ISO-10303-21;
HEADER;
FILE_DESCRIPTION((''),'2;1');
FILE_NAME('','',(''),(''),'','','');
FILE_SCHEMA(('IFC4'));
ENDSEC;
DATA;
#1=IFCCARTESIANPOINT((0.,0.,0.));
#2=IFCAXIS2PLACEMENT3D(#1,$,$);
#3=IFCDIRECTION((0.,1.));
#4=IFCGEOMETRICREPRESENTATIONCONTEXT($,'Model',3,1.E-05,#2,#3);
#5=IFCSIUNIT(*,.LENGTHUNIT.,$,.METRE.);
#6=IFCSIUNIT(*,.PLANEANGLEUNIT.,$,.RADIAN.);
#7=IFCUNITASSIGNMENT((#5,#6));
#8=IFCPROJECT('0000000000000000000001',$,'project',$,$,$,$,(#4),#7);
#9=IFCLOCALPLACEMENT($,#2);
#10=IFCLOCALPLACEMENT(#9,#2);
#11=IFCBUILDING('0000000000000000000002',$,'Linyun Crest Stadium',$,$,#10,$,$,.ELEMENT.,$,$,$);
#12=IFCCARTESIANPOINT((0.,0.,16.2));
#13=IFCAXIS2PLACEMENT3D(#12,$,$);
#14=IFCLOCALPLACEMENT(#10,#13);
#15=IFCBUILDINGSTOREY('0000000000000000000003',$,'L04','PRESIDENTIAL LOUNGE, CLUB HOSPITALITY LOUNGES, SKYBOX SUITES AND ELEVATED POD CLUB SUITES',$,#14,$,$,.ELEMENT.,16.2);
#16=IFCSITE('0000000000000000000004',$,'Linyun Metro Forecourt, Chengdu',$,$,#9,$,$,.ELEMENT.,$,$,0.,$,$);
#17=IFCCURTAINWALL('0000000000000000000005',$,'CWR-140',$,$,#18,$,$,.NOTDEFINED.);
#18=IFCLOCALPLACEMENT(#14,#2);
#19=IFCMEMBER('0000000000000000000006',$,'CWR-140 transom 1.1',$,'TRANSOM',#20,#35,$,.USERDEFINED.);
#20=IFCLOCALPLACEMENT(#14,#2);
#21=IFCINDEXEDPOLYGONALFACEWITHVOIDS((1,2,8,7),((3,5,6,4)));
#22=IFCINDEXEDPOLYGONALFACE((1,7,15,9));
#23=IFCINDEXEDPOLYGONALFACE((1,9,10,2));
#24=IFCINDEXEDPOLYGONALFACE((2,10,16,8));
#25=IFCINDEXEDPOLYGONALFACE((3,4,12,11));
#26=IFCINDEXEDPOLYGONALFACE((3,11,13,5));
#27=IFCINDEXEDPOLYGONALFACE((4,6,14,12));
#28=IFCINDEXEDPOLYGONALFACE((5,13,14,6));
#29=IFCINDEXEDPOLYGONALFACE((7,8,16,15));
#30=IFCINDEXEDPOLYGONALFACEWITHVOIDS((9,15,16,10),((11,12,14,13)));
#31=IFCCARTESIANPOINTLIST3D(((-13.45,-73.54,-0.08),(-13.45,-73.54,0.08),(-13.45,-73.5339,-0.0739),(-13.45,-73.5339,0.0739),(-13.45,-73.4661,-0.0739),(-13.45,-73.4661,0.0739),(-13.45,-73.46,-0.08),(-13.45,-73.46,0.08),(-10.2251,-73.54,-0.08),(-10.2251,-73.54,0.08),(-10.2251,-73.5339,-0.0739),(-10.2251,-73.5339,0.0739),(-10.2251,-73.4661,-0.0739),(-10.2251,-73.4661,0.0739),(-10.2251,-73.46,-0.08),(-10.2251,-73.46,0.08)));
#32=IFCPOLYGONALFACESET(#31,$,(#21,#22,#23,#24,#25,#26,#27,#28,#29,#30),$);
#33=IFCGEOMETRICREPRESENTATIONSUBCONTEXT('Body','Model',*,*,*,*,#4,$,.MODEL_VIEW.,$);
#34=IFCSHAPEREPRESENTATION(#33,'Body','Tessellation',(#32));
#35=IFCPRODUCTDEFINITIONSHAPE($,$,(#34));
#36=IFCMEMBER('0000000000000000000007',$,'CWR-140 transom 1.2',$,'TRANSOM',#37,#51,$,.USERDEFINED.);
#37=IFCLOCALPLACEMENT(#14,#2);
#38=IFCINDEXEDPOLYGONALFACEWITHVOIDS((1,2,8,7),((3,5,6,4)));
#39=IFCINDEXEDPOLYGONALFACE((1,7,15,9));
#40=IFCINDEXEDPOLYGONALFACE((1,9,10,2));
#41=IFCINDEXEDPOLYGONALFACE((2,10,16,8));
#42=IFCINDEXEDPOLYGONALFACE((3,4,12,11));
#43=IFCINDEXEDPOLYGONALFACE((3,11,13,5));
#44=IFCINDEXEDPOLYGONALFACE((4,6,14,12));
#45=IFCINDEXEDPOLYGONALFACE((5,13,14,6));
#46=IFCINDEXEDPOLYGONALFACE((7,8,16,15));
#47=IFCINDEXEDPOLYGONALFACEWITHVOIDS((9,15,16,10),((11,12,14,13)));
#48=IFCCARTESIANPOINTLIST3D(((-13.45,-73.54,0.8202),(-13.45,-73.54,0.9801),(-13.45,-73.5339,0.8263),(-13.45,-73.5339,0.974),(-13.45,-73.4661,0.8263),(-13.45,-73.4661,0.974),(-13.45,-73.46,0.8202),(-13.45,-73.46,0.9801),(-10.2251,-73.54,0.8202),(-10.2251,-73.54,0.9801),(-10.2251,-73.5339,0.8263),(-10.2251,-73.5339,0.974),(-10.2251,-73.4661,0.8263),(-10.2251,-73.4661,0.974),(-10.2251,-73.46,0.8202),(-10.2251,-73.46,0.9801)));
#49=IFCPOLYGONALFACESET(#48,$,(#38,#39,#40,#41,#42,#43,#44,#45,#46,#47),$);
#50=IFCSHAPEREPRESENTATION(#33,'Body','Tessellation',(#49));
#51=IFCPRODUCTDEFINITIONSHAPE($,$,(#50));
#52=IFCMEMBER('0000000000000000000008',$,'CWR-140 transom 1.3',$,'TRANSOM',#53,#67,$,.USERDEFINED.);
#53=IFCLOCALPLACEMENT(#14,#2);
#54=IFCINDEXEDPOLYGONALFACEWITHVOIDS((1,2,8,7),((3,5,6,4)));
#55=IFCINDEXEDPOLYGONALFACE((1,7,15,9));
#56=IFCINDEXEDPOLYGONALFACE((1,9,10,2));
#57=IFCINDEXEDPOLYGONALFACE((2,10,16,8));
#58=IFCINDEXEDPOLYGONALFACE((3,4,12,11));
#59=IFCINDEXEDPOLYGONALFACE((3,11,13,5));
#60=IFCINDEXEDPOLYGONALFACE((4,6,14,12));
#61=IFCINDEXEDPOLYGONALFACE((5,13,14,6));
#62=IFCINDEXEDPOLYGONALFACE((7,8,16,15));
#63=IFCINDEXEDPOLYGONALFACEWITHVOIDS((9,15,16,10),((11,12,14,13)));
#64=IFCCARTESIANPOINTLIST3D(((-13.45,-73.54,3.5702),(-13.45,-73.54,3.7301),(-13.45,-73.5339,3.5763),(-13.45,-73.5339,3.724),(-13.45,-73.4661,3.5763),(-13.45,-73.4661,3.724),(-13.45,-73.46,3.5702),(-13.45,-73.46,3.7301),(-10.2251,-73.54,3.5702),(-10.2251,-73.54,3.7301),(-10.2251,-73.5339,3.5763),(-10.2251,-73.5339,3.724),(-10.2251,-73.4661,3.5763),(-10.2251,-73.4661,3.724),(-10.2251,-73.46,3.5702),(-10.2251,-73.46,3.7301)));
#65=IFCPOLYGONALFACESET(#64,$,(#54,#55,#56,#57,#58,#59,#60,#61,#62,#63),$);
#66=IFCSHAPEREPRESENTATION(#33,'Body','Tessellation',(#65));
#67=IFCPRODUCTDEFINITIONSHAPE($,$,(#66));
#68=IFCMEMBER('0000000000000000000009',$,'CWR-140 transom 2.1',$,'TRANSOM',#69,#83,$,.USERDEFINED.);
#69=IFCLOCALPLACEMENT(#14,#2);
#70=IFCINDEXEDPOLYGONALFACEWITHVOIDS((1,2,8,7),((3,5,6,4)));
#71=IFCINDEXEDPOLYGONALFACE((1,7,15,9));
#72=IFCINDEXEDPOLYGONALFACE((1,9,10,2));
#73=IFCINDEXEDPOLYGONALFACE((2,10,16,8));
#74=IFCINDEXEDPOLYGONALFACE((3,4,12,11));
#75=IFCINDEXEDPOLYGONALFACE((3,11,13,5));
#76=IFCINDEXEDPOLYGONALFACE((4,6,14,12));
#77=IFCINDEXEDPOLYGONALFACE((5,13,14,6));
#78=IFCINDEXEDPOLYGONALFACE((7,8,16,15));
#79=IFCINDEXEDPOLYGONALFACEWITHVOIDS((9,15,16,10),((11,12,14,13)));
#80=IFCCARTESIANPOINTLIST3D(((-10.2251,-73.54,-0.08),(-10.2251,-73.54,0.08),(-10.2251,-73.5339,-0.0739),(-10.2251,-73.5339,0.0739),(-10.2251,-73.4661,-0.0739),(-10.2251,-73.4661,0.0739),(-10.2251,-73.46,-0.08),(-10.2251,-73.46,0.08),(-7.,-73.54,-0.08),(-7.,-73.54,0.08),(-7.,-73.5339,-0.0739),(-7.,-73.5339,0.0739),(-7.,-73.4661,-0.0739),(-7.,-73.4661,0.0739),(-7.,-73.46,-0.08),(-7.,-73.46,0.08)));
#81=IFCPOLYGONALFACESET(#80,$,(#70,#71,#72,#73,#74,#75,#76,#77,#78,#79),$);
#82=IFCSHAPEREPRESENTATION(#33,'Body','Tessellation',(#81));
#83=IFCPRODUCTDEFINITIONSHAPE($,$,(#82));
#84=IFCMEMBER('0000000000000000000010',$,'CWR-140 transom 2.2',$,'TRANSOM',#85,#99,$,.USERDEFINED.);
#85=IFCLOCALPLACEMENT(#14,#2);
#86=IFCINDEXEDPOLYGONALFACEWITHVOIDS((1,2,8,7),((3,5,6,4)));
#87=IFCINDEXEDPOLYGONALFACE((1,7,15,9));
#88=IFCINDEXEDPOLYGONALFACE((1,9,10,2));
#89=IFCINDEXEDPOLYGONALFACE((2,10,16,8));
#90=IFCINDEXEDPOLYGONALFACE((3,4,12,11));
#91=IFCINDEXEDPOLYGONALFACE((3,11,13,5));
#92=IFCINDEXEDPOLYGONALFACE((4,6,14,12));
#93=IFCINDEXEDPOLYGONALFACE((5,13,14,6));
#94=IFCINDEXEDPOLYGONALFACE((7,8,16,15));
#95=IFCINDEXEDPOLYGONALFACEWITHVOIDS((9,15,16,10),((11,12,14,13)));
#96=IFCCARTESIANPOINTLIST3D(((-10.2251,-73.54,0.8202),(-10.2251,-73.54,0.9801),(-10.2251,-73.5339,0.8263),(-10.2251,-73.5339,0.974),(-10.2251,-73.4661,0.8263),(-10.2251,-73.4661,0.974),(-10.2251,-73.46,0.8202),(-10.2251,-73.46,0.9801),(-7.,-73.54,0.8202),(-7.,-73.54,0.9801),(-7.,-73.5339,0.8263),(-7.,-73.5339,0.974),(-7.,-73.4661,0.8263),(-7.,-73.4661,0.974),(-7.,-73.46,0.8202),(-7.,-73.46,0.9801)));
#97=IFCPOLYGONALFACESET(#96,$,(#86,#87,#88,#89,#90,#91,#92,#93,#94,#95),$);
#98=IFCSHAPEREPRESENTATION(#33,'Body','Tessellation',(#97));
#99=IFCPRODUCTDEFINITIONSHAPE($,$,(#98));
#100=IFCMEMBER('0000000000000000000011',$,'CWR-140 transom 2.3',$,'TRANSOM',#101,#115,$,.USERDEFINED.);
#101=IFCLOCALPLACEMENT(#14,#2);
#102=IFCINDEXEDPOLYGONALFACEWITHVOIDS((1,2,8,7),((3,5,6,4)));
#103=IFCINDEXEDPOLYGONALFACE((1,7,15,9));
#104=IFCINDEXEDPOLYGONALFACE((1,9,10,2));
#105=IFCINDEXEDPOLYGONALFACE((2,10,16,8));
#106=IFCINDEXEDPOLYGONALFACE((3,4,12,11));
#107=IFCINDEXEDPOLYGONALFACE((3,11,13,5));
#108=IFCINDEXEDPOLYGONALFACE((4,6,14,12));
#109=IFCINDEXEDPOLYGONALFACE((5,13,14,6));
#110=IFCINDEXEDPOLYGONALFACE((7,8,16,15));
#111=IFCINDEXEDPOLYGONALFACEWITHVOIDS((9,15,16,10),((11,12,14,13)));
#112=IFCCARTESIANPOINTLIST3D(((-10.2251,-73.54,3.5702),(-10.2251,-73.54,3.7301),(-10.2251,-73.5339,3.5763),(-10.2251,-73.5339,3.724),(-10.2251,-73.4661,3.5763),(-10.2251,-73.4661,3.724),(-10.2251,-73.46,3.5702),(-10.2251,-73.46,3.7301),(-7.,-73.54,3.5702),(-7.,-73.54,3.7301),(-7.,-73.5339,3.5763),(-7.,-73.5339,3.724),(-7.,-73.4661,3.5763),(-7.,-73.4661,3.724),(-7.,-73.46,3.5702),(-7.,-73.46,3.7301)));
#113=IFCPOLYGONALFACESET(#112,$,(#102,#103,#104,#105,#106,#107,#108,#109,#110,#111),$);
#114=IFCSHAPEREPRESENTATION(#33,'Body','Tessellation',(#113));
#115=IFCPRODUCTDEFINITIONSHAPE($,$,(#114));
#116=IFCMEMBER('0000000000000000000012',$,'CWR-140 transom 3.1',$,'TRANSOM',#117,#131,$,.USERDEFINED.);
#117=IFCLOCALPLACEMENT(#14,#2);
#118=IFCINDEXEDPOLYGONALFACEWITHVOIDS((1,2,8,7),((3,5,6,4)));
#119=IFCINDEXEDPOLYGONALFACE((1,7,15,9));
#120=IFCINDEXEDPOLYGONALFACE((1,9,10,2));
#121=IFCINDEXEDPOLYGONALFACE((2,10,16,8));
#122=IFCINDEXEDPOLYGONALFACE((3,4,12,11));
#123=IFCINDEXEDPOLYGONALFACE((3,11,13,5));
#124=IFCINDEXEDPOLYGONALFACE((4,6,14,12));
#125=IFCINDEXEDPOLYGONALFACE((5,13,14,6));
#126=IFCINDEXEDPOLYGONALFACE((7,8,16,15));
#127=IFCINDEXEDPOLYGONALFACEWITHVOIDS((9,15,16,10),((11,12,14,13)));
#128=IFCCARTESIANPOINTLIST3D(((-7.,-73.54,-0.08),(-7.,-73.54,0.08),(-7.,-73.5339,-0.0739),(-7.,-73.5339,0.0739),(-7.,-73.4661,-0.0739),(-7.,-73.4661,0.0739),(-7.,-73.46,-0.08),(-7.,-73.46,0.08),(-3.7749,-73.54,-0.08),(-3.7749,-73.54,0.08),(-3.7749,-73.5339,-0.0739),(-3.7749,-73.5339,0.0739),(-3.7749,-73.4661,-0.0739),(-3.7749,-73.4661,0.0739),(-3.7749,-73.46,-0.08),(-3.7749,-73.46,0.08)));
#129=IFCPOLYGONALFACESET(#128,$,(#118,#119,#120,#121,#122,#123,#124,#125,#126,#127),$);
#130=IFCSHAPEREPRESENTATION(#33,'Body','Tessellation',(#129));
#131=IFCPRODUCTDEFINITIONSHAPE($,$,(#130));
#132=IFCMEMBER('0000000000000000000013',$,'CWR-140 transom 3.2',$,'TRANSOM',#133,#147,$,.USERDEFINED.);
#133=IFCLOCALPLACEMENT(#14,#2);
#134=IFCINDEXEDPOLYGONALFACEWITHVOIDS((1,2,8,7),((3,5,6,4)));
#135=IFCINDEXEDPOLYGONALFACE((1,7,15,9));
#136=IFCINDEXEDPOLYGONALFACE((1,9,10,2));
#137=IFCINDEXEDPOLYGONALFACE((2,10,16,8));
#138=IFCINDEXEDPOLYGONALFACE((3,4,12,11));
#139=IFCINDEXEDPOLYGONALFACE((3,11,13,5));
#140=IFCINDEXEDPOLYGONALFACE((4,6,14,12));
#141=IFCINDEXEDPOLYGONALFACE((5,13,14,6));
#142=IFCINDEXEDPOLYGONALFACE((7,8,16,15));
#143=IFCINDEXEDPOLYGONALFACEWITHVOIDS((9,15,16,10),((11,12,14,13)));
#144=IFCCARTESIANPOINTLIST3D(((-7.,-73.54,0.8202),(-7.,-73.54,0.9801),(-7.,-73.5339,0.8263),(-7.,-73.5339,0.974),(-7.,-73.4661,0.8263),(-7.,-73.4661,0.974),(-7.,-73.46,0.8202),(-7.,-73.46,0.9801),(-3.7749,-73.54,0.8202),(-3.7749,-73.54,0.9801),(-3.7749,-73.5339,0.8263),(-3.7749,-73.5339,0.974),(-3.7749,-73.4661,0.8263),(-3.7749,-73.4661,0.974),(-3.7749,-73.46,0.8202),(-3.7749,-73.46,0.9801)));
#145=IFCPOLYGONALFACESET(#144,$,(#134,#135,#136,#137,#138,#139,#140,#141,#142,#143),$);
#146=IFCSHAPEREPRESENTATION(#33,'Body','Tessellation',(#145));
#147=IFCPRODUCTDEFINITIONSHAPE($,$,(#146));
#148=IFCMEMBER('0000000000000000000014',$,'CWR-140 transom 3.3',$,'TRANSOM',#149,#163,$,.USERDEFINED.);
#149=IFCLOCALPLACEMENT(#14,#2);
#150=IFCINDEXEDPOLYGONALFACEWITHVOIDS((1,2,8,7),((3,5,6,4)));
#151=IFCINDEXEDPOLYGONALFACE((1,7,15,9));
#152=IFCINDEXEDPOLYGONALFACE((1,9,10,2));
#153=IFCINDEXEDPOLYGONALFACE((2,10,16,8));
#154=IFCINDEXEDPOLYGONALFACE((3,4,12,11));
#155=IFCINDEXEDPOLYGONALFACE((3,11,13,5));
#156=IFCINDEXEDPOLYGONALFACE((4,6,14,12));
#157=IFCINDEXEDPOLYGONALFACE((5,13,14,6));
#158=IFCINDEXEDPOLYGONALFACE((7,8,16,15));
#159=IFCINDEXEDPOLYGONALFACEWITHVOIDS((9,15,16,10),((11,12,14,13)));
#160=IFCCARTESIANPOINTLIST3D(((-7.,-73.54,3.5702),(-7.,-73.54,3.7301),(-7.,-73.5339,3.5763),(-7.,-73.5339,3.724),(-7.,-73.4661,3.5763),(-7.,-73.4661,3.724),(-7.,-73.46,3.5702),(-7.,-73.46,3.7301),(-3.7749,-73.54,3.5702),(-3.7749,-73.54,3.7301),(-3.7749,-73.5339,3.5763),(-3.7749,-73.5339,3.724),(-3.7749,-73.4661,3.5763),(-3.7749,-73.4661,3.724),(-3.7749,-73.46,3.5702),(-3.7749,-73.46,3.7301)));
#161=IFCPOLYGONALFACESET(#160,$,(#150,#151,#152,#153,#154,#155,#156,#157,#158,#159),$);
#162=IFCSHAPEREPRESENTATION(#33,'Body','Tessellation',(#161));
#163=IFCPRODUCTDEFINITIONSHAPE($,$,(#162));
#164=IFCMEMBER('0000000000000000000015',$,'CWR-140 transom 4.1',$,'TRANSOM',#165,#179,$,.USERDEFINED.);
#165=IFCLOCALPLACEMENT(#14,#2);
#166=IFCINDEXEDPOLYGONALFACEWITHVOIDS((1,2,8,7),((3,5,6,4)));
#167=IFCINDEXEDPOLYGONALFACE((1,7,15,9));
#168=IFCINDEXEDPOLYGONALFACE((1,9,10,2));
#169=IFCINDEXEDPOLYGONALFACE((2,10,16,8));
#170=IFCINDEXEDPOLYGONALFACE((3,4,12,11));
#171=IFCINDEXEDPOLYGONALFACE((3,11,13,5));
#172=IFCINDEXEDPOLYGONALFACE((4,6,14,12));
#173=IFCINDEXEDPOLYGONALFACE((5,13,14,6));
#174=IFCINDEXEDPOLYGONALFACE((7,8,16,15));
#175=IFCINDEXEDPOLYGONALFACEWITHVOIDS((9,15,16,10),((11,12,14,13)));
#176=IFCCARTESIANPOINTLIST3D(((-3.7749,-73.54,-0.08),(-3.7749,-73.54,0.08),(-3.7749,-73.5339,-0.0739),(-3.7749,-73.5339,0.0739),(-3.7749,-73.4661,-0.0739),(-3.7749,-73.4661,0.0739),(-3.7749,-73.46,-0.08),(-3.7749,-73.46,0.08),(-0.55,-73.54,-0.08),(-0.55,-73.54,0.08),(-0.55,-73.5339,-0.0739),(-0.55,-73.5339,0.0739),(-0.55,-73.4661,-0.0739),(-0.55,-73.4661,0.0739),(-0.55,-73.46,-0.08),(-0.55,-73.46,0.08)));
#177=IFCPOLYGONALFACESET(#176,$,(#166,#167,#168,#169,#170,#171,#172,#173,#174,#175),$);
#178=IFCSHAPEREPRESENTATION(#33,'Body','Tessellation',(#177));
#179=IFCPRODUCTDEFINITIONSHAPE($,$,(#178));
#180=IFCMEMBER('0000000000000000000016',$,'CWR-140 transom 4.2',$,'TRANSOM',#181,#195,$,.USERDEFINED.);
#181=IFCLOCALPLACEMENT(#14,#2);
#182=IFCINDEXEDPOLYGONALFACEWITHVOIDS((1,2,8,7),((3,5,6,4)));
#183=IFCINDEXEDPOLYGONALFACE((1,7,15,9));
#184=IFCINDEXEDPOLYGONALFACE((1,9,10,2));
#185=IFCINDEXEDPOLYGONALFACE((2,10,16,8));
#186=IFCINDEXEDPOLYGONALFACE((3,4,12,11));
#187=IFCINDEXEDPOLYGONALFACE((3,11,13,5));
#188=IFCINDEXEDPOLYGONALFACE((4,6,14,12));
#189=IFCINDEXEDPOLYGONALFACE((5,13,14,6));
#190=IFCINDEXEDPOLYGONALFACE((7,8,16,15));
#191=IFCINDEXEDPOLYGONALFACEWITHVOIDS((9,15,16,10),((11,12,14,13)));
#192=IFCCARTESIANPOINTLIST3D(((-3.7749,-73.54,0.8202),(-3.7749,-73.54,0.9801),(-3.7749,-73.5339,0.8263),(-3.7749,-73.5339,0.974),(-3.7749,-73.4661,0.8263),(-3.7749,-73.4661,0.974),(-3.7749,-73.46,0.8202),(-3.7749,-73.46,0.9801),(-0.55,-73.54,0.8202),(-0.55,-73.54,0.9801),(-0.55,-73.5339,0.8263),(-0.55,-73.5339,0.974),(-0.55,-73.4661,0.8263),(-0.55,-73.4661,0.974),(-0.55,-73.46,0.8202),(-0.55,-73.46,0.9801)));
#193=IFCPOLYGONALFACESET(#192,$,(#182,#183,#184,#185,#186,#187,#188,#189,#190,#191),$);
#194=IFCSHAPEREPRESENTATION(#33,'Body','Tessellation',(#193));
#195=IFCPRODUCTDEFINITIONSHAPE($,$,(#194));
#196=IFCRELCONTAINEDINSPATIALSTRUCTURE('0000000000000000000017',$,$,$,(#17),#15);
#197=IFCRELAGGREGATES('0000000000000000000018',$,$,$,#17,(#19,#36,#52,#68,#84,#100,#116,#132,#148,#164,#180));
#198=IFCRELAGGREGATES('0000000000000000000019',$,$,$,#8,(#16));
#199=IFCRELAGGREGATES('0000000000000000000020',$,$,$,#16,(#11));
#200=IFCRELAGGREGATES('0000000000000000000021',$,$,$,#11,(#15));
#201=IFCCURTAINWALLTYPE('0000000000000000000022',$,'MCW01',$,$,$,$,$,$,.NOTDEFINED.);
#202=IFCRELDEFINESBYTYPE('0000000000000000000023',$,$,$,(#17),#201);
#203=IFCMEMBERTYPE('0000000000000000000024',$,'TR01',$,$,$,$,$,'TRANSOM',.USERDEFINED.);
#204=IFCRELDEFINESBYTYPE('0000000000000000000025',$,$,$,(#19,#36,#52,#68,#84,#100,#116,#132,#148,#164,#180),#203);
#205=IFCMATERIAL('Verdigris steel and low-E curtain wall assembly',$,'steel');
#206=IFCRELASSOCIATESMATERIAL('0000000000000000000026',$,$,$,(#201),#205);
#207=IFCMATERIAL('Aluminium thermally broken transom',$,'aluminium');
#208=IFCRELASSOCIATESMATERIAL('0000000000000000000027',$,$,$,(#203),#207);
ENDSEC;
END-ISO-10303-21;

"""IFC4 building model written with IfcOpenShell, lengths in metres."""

from ifc_helpers import new_model, si_unit, direction, frame, origin, origin_2d, place, context, subcontext, project, spatial, hollow_rectangle, extrude, material, material_profile, profile_set, type_object, element, aggregate, save


model = new_model("IFC4")

# Units and contexts
model_context = context("Model", 3, precision=1e-05, world=origin(), true_north=direction((0.0, 1.0)))
body_context = subcontext(model_context, "Body", "Model", "MODEL_VIEW")
ifc_project = project(units=[si_unit("LENGTHUNIT", "METRE"), si_unit("PLANEANGLEUNIT", "RADIAN")], contexts=[model_context])

# Site, building, storey
site_placement = place(None, origin())
site = spatial("IfcSite", under=ifc_project, at=site_placement, Name="Linyun Metro Forecourt, Chengdu", CompositionType="ELEMENT", RefElevation=0.0)
building_placement = place(site_placement, origin())
building = spatial("IfcBuilding", under=site, at=building_placement, Name="Linyun Crest Stadium", CompositionType="ELEMENT")
storey_placement = place(building_placement, frame((0.0, 0.0, 16.2)))
storey = spatial("IfcBuildingStorey", under=building, at=storey_placement, Name="L04", Description="PRESIDENTIAL LOUNGE, CLUB HOSPITALITY LOUNGES, SKYBOX SUITES AND ELEVATED POD CLUB SUITES", CompositionType="ELEMENT", Elevation=16.2)

# Curtain wall
ifc_material_1 = material(Name="Verdigris steel and low-E curtain wall assembly", Category="steel")
curtain_wall_type = type_object("IfcCurtainWallType", Name="MCW01", PredefinedType="NOTDEFINED", material=ifc_material_1)
curtain_wall_placement = place(storey_placement, origin())
curtain_wall = element("IfcCurtainWall", 1, at=curtain_wall_placement, inside=storey, type_object=curtain_wall_type, Name="CWR-140", PredefinedType="NOTDEFINED")

# Members
ifc_material_2 = material(Name="Aluminium thermally broken transom", Category="aluminium")
ifc_material_profile_1 = material_profile(ifc_material_2, hollow_rectangle(XDim=0.0801, YDim=0.1599, WallThickness=0.0061, at=origin_2d()), Name="RHS 160x80x6")
ifc_profile_set_1 = profile_set([ifc_material_profile_1], Name="Aluminium thermally broken transom")
member_type_1 = type_object("IfcMemberType", Name="TR01", ElementType="TRANSOM", PredefinedType="USERDEFINED", material=ifc_profile_set_1)
member_1_placement = place(storey_placement, frame((-13.45, -73.5, 0.0), z_axis=(1.0, 0.0, 0.0), x_axis=(0.0, 1.0, 0.0)))
member_1 = element("IfcMember", 2, at=member_1_placement, type_object=member_type_1, Name="CWR-140 transom 1.1", ObjectType="TRANSOM", PredefinedType="USERDEFINED", context=body_context, shape_type="SweptSolid", body=[
    extrude(hollow_rectangle(XDim=0.0801, YDim=0.1599, WallThickness=0.0061, at=origin_2d()), origin(), (0.0, 0.0, 1.0), 3.2249),
])
member_2_placement = place(storey_placement, frame((-13.45, -73.5, 0.9001), z_axis=(1.0, 0.0, 0.0), x_axis=(0.0, 1.0, 0.0)))
member_2 = element("IfcMember", 3, at=member_2_placement, type_object=member_type_1, Name="CWR-140 transom 1.2", ObjectType="TRANSOM", PredefinedType="USERDEFINED", context=body_context, shape_type="SweptSolid", body=[
    extrude(hollow_rectangle(XDim=0.0801, YDim=0.1599, WallThickness=0.0061, at=origin_2d()), origin(), (0.0, 0.0, 1.0), 3.2249),
])
member_3_placement = place(storey_placement, frame((-13.45, -73.5, 3.6501), z_axis=(1.0, 0.0, 0.0), x_axis=(0.0, 1.0, 0.0)))
member_3 = element("IfcMember", 4, at=member_3_placement, type_object=member_type_1, Name="CWR-140 transom 1.3", ObjectType="TRANSOM", PredefinedType="USERDEFINED", context=body_context, shape_type="SweptSolid", body=[
    extrude(hollow_rectangle(XDim=0.0801, YDim=0.1599, WallThickness=0.0061, at=origin_2d()), origin(), (0.0, 0.0, 1.0), 3.2249),
])
member_4_placement = place(storey_placement, frame((-10.2251, -73.5, 0.0), z_axis=(1.0, 0.0, 0.0), x_axis=(0.0, 1.0, 0.0)))
member_4 = element("IfcMember", 5, at=member_4_placement, type_object=member_type_1, Name="CWR-140 transom 2.1", ObjectType="TRANSOM", PredefinedType="USERDEFINED", context=body_context, shape_type="SweptSolid", body=[
    extrude(hollow_rectangle(XDim=0.0801, YDim=0.1599, WallThickness=0.0061, at=origin_2d()), origin(), (0.0, 0.0, 1.0), 3.2251),
])
member_5_placement = place(storey_placement, frame((-10.2251, -73.5, 0.9001), z_axis=(1.0, 0.0, 0.0), x_axis=(0.0, 1.0, 0.0)))
member_5 = element("IfcMember", 6, at=member_5_placement, type_object=member_type_1, Name="CWR-140 transom 2.2", ObjectType="TRANSOM", PredefinedType="USERDEFINED", context=body_context, shape_type="SweptSolid", body=[
    extrude(hollow_rectangle(XDim=0.0801, YDim=0.1599, WallThickness=0.0061, at=origin_2d()), origin(), (0.0, 0.0, 1.0), 3.2251),
])
member_6_placement = place(storey_placement, frame((-10.2251, -73.5, 3.6501), z_axis=(1.0, 0.0, 0.0), x_axis=(0.0, 1.0, 0.0)))
member_6 = element("IfcMember", 7, at=member_6_placement, type_object=member_type_1, Name="CWR-140 transom 2.3", ObjectType="TRANSOM", PredefinedType="USERDEFINED", context=body_context, shape_type="SweptSolid", body=[
    extrude(hollow_rectangle(XDim=0.0801, YDim=0.1599, WallThickness=0.0061, at=origin_2d()), origin(), (0.0, 0.0, 1.0), 3.2251),
])
member_7_placement = place(storey_placement, frame((-7.0, -73.5, 0.0), z_axis=(1.0, 0.0, 0.0), x_axis=(0.0, 1.0, 0.0)))
member_7 = element("IfcMember", 8, at=member_7_placement, type_object=member_type_1, Name="CWR-140 transom 3.1", ObjectType="TRANSOM", PredefinedType="USERDEFINED", context=body_context, shape_type="SweptSolid", body=[
    extrude(hollow_rectangle(XDim=0.0801, YDim=0.1599, WallThickness=0.0061, at=origin_2d()), origin(), (0.0, 0.0, 1.0), 3.2251),
])
member_8_placement = place(storey_placement, frame((-7.0, -73.5, 0.9001), z_axis=(1.0, 0.0, 0.0), x_axis=(0.0, 1.0, 0.0)))
member_8 = element("IfcMember", 9, at=member_8_placement, type_object=member_type_1, Name="CWR-140 transom 3.2", ObjectType="TRANSOM", PredefinedType="USERDEFINED", context=body_context, shape_type="SweptSolid", body=[
    extrude(hollow_rectangle(XDim=0.0801, YDim=0.1599, WallThickness=0.0061, at=origin_2d()), origin(), (0.0, 0.0, 1.0), 3.2251),
])
member_9_placement = place(storey_placement, frame((-7.0, -73.5, 3.6501), z_axis=(1.0, 0.0, 0.0), x_axis=(0.0, 1.0, 0.0)))
member_9 = element("IfcMember", 10, at=member_9_placement, type_object=member_type_1, Name="CWR-140 transom 3.3", ObjectType="TRANSOM", PredefinedType="USERDEFINED", context=body_context, shape_type="SweptSolid", body=[
    extrude(hollow_rectangle(XDim=0.0801, YDim=0.1599, WallThickness=0.0061, at=origin_2d()), origin(), (0.0, 0.0, 1.0), 3.2251),
])
member_10_placement = place(storey_placement, frame((-3.7749, -73.5, 0.0), z_axis=(1.0, 0.0, 0.0), x_axis=(0.0, 1.0, 0.0)))
member_10 = element("IfcMember", 11, at=member_10_placement, type_object=member_type_1, Name="CWR-140 transom 4.1", ObjectType="TRANSOM", PredefinedType="USERDEFINED", context=body_context, shape_type="SweptSolid", body=[
    extrude(hollow_rectangle(XDim=0.0801, YDim=0.1599, WallThickness=0.0061, at=origin_2d()), origin(), (0.0, 0.0, 1.0), 3.2249),
])
member_11_placement = place(storey_placement, frame((-3.7749, -73.5, 0.9001), z_axis=(1.0, 0.0, 0.0), x_axis=(0.0, 1.0, 0.0)))
member_11 = element("IfcMember", 12, at=member_11_placement, type_object=member_type_1, Name="CWR-140 transom 4.2", ObjectType="TRANSOM", PredefinedType="USERDEFINED", context=body_context, shape_type="SweptSolid", body=[
    extrude(hollow_rectangle(XDim=0.0801, YDim=0.1599, WallThickness=0.0061, at=origin_2d()), origin(), (0.0, 0.0, 1.0), 3.2249),
])

aggregate(curtain_wall, [member_1, member_2, member_3, member_4, member_5, member_6, member_7, member_8, member_9, member_10, member_11])

save(model, "model.ifc")
